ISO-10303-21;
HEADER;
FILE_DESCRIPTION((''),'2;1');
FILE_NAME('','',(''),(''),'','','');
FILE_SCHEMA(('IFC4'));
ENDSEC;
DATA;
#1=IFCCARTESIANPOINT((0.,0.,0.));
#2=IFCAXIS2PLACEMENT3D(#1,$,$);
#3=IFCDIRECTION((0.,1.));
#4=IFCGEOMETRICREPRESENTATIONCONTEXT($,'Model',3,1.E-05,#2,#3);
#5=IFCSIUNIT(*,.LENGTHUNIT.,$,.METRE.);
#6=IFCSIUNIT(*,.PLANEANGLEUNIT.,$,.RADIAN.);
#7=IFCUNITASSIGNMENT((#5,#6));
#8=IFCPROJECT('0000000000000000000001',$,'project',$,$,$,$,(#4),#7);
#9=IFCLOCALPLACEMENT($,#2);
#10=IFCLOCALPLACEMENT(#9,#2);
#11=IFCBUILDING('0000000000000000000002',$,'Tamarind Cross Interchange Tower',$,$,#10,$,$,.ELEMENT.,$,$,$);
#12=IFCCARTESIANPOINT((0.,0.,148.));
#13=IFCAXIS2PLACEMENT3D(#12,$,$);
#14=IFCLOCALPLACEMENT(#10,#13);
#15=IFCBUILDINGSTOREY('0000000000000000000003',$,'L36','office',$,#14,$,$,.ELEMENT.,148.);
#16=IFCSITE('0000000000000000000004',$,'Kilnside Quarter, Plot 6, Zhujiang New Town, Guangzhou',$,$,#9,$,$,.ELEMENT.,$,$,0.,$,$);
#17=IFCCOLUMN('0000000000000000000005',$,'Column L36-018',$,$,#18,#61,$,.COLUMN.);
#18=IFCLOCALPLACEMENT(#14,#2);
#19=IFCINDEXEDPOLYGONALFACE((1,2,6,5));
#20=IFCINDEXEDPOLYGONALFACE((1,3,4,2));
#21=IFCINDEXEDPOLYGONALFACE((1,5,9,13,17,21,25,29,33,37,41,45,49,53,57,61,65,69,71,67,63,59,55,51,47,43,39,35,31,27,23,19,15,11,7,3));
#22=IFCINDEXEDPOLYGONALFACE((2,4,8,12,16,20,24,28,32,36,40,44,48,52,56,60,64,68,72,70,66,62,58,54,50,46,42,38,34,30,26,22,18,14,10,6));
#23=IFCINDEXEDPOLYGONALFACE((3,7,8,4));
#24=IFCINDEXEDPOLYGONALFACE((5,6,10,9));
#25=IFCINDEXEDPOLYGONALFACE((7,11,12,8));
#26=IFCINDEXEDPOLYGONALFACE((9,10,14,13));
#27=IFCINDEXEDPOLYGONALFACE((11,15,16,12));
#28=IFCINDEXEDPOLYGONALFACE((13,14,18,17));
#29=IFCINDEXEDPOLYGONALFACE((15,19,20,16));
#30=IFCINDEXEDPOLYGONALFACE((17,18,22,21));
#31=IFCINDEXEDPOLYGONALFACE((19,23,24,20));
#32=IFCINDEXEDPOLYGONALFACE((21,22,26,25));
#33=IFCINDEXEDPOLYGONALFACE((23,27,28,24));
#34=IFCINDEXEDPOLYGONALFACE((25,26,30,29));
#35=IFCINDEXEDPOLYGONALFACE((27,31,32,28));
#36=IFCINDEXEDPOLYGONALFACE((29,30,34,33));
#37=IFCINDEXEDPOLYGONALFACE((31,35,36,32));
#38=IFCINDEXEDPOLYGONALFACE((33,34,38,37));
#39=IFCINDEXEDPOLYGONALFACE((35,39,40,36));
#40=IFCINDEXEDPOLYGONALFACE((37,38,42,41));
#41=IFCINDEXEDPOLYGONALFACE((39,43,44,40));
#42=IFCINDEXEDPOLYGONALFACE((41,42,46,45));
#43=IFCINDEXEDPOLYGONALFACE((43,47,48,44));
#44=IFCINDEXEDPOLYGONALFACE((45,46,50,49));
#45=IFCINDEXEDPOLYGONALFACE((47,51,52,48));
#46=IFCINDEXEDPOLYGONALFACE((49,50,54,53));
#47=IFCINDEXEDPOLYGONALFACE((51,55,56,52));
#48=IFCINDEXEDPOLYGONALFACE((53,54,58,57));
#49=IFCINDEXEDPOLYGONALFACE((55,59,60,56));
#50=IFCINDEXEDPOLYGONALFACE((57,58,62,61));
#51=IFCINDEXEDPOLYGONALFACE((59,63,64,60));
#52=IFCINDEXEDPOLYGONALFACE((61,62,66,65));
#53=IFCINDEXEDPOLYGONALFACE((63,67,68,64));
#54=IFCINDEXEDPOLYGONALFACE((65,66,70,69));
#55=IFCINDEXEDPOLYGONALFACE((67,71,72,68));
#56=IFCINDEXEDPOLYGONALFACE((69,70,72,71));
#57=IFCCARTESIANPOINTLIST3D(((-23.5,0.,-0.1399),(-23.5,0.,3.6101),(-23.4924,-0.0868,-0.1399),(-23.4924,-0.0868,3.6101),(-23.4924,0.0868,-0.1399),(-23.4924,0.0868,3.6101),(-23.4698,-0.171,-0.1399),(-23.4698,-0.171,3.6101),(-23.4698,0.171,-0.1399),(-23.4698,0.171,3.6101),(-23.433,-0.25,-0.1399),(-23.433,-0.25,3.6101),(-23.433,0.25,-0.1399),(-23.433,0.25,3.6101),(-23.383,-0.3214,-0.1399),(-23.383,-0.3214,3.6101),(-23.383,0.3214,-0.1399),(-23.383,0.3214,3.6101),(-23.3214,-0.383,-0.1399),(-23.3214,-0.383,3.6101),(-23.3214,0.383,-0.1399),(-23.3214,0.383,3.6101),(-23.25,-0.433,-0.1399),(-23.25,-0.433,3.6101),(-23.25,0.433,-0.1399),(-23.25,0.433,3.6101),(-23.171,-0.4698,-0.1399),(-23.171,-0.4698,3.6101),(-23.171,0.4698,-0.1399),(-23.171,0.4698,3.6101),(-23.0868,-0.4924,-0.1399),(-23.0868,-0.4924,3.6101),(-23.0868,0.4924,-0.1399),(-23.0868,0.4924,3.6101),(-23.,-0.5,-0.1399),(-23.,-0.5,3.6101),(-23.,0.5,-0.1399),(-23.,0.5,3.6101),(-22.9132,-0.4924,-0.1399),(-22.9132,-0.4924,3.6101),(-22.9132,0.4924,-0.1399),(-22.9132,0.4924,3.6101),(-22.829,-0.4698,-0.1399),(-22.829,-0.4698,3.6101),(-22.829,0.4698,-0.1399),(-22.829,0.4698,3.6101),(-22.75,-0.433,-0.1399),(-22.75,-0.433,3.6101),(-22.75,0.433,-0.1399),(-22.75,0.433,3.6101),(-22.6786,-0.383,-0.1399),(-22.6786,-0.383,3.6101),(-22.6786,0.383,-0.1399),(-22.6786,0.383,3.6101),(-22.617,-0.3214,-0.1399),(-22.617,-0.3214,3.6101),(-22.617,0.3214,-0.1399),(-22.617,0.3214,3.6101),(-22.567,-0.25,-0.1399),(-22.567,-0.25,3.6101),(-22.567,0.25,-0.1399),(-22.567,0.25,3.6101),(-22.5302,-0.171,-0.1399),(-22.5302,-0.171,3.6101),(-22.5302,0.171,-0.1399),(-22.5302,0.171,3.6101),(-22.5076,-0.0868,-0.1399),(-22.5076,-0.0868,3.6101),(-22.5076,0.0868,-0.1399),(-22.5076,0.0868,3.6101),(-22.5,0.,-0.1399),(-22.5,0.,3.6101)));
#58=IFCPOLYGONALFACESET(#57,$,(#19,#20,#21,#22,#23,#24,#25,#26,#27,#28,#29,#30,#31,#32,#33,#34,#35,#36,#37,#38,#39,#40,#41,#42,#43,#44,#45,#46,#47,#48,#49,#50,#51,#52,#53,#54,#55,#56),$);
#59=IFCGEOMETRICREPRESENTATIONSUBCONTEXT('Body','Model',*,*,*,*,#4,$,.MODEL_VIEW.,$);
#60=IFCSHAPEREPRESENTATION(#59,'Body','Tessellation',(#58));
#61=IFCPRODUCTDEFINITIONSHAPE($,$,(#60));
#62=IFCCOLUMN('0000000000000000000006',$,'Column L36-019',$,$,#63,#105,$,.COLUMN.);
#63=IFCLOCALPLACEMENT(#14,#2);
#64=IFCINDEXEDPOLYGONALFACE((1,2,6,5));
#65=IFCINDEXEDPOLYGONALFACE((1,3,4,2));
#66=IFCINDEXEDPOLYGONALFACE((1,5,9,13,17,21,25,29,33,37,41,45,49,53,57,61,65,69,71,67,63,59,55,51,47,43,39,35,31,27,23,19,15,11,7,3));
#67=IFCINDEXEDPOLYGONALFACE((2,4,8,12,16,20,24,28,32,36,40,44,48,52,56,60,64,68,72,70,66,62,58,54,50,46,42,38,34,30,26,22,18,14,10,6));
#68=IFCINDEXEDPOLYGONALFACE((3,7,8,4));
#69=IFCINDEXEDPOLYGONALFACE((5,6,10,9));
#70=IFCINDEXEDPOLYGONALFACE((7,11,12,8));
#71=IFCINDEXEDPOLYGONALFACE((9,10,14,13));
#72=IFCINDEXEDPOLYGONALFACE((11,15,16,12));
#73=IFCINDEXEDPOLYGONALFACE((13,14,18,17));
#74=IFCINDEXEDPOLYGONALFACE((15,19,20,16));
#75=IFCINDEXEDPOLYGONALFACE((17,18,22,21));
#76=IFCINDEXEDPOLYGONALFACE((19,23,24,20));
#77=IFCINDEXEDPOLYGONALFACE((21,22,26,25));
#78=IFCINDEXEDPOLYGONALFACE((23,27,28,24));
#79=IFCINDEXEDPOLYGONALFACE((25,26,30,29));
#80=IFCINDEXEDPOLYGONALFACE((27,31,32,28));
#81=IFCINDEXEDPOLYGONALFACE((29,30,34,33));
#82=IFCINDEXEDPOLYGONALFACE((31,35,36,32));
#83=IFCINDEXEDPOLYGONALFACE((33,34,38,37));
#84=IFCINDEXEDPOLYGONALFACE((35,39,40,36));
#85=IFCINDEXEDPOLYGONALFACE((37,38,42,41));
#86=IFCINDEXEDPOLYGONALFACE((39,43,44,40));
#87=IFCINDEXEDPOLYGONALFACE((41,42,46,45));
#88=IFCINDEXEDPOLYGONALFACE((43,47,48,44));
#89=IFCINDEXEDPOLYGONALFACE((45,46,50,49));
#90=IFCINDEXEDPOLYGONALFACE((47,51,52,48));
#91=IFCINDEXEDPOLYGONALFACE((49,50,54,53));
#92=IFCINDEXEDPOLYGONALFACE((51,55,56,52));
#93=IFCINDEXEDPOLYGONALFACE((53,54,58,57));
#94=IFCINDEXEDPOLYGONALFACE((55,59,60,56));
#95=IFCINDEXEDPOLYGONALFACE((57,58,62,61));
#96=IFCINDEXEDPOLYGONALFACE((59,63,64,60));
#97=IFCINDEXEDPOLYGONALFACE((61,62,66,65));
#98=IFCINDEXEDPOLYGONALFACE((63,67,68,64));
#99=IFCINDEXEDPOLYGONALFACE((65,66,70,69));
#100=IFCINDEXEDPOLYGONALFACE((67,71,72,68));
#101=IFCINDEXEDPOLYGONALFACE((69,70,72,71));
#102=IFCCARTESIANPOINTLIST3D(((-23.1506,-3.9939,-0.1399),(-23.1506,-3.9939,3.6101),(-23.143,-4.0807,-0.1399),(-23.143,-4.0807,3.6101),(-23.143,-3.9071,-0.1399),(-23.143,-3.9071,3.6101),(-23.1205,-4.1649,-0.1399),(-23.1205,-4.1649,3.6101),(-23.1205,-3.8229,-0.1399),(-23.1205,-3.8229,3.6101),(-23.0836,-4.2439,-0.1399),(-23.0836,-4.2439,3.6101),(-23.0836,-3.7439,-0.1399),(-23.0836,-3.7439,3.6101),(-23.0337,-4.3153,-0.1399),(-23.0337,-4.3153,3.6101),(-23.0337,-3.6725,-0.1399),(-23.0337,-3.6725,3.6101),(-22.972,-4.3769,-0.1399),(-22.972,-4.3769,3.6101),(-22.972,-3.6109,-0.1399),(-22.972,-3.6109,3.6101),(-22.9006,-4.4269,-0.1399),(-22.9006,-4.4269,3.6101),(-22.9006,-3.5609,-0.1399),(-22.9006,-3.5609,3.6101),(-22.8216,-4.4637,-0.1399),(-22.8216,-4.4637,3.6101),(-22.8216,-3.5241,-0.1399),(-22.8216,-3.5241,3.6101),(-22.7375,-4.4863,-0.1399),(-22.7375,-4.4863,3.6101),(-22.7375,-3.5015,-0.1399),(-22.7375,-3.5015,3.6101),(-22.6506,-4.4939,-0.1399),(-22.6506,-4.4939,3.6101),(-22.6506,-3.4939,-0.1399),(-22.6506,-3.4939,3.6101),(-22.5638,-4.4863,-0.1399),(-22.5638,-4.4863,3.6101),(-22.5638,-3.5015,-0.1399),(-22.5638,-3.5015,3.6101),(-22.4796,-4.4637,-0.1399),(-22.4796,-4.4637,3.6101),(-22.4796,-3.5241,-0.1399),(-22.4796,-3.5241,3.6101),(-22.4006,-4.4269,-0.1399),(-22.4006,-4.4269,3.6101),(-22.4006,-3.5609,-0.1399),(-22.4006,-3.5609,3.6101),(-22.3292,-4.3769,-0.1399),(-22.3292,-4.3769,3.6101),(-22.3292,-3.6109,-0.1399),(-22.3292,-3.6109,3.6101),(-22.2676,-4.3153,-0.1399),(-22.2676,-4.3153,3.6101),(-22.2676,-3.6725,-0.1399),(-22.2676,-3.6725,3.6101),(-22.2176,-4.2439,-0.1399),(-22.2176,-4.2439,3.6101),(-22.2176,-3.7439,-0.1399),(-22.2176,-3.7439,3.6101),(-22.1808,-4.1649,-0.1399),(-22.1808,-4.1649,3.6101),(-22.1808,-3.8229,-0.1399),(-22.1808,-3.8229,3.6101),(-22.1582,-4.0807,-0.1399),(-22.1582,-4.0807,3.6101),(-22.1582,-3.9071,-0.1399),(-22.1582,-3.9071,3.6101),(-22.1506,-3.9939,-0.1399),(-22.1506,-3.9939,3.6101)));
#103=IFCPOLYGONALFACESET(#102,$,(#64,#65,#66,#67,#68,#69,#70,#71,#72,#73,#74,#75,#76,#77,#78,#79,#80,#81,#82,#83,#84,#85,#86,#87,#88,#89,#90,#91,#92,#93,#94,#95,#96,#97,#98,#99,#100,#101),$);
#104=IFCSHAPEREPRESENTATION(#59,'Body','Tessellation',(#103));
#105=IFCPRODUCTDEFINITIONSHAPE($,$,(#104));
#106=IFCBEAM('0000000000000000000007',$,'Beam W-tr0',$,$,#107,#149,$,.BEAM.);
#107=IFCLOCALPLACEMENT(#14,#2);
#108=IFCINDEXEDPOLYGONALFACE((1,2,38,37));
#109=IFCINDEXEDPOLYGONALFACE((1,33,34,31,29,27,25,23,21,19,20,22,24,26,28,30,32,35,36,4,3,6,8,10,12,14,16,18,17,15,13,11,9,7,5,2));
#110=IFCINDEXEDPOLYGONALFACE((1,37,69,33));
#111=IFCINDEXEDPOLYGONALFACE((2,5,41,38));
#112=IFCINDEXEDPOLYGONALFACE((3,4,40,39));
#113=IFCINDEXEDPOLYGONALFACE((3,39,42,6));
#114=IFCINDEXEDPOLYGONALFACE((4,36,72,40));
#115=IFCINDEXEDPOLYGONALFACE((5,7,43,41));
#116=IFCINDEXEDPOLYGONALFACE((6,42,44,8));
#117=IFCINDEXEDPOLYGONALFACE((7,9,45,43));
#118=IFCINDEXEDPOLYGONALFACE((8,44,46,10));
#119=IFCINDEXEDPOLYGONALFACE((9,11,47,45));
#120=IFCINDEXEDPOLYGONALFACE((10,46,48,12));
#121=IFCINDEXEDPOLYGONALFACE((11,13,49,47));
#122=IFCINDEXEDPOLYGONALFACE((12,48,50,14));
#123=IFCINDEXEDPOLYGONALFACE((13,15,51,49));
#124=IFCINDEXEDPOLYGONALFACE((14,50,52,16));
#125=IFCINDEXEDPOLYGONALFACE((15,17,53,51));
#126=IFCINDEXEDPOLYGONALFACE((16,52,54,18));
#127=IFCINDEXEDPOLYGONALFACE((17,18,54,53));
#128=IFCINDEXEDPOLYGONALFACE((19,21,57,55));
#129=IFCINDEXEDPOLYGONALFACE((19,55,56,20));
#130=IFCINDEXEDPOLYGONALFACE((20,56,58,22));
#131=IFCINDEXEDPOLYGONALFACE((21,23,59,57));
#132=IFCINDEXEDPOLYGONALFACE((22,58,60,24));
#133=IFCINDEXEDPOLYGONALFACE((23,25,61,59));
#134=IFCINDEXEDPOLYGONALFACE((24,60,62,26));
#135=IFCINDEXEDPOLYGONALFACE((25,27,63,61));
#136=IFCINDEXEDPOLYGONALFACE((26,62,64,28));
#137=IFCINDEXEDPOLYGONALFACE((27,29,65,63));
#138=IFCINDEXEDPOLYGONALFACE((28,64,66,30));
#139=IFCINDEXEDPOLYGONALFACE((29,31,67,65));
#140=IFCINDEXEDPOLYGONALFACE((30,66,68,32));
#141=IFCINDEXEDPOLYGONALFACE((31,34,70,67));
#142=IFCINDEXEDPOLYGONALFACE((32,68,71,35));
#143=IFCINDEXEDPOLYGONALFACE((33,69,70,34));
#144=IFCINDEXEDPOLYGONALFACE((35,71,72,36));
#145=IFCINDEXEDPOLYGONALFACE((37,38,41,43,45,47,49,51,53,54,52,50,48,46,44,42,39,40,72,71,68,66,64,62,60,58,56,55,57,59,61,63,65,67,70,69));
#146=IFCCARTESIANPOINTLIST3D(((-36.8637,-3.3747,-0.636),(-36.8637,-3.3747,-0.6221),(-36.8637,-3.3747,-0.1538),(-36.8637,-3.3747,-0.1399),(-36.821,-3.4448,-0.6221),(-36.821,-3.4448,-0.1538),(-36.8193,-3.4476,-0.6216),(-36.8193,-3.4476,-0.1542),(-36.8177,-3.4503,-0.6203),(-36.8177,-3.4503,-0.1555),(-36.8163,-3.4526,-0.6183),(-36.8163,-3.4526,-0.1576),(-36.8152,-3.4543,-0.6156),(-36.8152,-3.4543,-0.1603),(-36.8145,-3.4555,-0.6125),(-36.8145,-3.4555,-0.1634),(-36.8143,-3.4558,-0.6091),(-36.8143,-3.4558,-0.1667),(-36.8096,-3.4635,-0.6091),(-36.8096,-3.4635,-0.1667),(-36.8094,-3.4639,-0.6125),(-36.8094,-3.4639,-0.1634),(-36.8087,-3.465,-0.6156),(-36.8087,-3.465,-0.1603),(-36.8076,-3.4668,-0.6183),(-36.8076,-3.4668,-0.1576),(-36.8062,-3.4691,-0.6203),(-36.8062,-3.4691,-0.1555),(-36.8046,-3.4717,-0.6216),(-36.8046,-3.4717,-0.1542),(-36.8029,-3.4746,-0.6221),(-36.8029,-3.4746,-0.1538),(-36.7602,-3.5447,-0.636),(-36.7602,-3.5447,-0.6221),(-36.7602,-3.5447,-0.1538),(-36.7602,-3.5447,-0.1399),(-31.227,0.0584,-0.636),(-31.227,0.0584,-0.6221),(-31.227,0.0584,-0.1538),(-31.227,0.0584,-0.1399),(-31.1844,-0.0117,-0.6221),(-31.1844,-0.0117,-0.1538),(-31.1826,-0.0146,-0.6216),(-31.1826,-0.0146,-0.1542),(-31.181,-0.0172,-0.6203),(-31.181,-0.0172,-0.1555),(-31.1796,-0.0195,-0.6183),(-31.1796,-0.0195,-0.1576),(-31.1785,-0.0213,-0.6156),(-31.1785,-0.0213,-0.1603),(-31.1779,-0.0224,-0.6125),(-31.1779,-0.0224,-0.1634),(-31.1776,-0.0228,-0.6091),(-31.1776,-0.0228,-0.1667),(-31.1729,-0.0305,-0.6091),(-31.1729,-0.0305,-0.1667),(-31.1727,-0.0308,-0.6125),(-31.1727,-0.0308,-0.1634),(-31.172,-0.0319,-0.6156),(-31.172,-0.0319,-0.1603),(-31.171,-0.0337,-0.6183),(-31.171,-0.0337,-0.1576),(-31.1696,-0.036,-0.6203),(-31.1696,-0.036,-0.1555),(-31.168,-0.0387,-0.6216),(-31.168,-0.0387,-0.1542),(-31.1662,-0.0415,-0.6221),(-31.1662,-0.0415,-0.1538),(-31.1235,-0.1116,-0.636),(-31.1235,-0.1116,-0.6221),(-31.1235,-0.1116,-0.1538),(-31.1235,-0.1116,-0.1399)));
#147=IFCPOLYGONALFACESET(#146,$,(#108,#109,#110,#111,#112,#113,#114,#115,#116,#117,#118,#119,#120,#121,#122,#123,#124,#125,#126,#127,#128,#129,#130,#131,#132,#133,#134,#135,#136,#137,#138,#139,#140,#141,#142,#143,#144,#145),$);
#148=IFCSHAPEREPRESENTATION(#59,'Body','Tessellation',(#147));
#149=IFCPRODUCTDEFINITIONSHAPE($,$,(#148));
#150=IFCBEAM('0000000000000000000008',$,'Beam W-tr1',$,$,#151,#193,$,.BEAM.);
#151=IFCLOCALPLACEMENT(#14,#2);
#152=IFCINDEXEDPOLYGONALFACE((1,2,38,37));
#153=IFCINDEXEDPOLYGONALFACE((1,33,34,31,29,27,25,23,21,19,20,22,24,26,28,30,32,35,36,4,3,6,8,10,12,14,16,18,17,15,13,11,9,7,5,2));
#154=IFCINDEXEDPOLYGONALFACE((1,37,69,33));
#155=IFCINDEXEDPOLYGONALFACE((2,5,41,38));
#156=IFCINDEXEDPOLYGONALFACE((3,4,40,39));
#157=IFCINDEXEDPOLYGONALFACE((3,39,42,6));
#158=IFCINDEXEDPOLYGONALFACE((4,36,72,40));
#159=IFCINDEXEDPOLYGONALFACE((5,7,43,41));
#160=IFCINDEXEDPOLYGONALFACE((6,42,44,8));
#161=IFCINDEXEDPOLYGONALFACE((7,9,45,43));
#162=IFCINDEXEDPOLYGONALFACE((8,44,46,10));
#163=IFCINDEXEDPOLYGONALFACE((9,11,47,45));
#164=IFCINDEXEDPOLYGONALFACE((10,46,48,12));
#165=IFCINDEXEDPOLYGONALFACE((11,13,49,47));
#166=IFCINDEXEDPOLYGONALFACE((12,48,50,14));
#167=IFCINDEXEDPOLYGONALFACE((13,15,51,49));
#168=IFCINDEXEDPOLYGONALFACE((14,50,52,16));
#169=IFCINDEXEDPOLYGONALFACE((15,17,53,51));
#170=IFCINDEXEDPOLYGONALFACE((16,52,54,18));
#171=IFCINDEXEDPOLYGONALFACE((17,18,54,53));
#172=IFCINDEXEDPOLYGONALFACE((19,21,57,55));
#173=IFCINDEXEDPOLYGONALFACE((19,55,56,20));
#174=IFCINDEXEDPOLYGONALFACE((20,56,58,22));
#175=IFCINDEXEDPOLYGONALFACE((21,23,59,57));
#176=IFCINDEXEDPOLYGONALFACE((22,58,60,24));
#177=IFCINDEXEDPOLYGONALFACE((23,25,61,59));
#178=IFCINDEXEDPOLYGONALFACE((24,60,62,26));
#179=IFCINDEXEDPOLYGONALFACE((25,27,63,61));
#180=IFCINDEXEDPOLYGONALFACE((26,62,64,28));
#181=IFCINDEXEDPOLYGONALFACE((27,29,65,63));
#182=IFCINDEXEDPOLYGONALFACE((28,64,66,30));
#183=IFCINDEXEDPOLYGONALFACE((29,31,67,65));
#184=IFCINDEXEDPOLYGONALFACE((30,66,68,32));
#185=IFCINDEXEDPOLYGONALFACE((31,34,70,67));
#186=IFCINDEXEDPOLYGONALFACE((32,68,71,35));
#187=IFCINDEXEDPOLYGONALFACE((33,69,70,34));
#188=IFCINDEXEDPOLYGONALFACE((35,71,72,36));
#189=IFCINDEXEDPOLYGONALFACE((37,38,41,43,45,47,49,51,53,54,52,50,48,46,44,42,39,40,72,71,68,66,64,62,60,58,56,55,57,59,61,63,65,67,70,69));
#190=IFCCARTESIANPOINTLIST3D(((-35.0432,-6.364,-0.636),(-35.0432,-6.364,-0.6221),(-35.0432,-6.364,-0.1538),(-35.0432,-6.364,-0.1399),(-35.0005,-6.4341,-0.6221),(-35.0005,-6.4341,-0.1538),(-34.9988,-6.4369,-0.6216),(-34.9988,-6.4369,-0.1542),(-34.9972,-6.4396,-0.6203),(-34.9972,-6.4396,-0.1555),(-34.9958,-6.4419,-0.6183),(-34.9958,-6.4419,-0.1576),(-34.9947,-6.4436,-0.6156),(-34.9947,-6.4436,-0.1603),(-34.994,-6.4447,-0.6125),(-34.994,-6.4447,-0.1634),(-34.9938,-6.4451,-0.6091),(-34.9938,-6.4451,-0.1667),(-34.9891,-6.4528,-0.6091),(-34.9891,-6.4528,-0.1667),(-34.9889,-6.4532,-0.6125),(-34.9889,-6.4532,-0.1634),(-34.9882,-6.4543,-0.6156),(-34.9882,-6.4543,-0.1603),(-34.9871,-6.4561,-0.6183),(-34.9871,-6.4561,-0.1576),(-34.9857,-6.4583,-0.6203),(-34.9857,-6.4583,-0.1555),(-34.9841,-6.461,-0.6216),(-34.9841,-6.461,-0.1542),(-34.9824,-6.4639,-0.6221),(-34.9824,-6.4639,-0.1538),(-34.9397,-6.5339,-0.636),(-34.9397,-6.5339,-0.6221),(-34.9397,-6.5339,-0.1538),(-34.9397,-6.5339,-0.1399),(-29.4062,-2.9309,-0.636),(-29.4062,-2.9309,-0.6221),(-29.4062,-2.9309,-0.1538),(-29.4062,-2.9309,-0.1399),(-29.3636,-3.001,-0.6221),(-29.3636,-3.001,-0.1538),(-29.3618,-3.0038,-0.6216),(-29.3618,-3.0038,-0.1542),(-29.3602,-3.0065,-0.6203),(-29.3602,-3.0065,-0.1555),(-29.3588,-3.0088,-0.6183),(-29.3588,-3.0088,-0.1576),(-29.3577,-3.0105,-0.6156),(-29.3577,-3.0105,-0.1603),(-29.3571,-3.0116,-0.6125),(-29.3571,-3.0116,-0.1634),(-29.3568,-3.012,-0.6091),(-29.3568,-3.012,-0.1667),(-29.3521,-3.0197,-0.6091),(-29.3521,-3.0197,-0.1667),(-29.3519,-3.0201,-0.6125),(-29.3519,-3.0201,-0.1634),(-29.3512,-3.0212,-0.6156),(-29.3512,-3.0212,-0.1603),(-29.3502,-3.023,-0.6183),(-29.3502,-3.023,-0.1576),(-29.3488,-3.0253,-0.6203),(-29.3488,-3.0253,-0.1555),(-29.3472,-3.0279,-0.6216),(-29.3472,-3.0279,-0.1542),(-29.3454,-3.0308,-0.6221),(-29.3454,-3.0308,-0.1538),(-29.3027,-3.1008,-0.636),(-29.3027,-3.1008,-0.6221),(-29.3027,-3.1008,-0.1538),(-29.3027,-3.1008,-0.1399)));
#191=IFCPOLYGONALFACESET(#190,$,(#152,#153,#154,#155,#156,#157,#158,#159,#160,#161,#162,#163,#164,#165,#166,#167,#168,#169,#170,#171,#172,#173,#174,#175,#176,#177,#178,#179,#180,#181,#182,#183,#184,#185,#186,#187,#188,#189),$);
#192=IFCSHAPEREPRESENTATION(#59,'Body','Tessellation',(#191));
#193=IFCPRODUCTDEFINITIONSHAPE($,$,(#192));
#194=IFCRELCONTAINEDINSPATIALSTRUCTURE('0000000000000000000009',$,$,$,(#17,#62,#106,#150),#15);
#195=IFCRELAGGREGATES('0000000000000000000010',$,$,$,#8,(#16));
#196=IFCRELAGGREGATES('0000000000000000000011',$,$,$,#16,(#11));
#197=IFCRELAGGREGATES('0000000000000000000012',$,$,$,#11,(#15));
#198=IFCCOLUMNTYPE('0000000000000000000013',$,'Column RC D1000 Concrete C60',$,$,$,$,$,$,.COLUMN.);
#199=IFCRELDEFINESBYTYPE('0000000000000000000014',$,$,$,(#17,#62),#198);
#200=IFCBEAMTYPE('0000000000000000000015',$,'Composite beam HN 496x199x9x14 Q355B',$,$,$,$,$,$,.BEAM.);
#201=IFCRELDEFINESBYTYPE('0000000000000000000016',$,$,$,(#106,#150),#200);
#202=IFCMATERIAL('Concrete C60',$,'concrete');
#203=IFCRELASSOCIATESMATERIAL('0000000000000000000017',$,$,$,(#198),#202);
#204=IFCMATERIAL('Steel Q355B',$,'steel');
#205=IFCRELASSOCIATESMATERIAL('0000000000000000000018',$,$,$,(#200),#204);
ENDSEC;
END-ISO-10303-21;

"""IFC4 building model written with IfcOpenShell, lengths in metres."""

from ifc_helpers import new_model, si_unit, direction, frame, origin, origin_2d, place, context, subcontext, project, spatial, circle, i_section, extrude, material, material_profile, profile_set, type_object, element, save


model = new_model("IFC4")

# Units and contexts
model_context = context("Model", 3, precision=1e-05, world=origin(), true_north=direction((0.0, 1.0)))
body_context = subcontext(model_context, "Body", "Model", "MODEL_VIEW")
ifc_project = project(units=[si_unit("LENGTHUNIT", "METRE"), si_unit("PLANEANGLEUNIT", "RADIAN")], contexts=[model_context])

# Site, building, storey
site_placement = place(None, origin())
site = spatial("IfcSite", under=ifc_project, at=site_placement, Name="Kilnside Quarter, Plot 6, Zhujiang New Town, Guangzhou", CompositionType="ELEMENT", RefElevation=0.0)
building_placement = place(site_placement, origin())
building = spatial("IfcBuilding", under=site, at=building_placement, Name="Tamarind Cross Interchange Tower", CompositionType="ELEMENT")
storey_placement = place(building_placement, frame((0.0, 0.0, 148.0)))
storey = spatial("IfcBuildingStorey", under=building, at=storey_placement, Name="L36", Description="office", CompositionType="ELEMENT", Elevation=148.0)

# Columns
ifc_material_1 = material(Name="Concrete C60", Category="concrete")
ifc_material_profile_1 = material_profile(ifc_material_1, circle(Radius=0.5, at=origin_2d()), Name="RC D1000")
ifc_profile_set_1 = profile_set([ifc_material_profile_1], Name="Concrete C60")
column_type = type_object("IfcColumnType", Name="Column RC D1000 Concrete C60", PredefinedType="COLUMN", material=ifc_profile_set_1)
for number, where, z_axis, x_axis, name in (
    (1, (-23.0, 0.0, -0.1399), (0.0, 0.0, 1.0), (1.0, 0.0, 0.0), "Column L36-018"),
    (2, (-22.6506, -3.9939, -0.1399), (0.0, 0.0, 1.0), (1.0, 0.0, 0.0), "Column L36-019"),
):
    element("IfcColumn", number, at=place(storey_placement, frame(where, z_axis=z_axis, x_axis=x_axis)), inside=storey, type_object=column_type, Name=name, PredefinedType="COLUMN", context=body_context, shape_type="SweptSolid", body=[
        extrude(circle(Radius=0.5, at=origin_2d()), origin(), (0.0, 0.0, 1.0), 3.75),
    ])

# Beams
ifc_material_2 = material(Name="Steel Q355B", Category="steel")
ifc_material_profile_2 = material_profile(ifc_material_2, i_section(OverallWidth=0.199, OverallDepth=0.4961, WebThickness=0.009, FlangeThickness=0.0139, FilletRadius=0.0129, at=origin_2d()), Name="HN 496x199x9x14")
ifc_profile_set_2 = profile_set([ifc_material_profile_2], Name="Steel Q355B")
beam_type_1 = type_object("IfcBeamType", Name="Composite beam HN 496x199x9x14 Q355B", PredefinedType="BEAM", material=ifc_profile_set_2)
beam_1_placement = place(storey_placement, frame((-31.1753, -0.0266, -0.3879), z_axis=(-0.85406, -0.520175, 0.0), x_axis=(0.520175, -0.85406, 0.0)))
element("IfcBeam", 3, at=beam_1_placement, inside=storey, type_object=beam_type_1, Name="Beam W-tr0", PredefinedType="BEAM", context=body_context, shape_type="SweptSolid", body=[
    extrude(i_section(OverallWidth=0.199, OverallDepth=0.4961, WebThickness=0.009, FlangeThickness=0.0139, FilletRadius=0.0129, at=origin_2d()), origin(), (0.0, 0.0, 1.0), 6.5999),
])
for number, where, z_axis, x_axis, name in (
    (4, (-29.3545, -3.0159, -0.3879), (-0.85407, -0.520158, 0.0), (0.520158, -0.85407, 0.0), "Beam W-tr1"),
):
    element("IfcBeam", number, at=place(storey_placement, frame(where, z_axis=z_axis, x_axis=x_axis)), inside=storey, type_object=beam_type_1, Name=name, PredefinedType="BEAM", context=body_context, shape_type="SweptSolid", body=[
        extrude(i_section(OverallWidth=0.199, OverallDepth=0.4961, WebThickness=0.009, FlangeThickness=0.0139, FilletRadius=0.0129, at=origin_2d()), origin(), (0.0, 0.0, 1.0), 6.6001),
    ])

save(model, "model.ifc")
